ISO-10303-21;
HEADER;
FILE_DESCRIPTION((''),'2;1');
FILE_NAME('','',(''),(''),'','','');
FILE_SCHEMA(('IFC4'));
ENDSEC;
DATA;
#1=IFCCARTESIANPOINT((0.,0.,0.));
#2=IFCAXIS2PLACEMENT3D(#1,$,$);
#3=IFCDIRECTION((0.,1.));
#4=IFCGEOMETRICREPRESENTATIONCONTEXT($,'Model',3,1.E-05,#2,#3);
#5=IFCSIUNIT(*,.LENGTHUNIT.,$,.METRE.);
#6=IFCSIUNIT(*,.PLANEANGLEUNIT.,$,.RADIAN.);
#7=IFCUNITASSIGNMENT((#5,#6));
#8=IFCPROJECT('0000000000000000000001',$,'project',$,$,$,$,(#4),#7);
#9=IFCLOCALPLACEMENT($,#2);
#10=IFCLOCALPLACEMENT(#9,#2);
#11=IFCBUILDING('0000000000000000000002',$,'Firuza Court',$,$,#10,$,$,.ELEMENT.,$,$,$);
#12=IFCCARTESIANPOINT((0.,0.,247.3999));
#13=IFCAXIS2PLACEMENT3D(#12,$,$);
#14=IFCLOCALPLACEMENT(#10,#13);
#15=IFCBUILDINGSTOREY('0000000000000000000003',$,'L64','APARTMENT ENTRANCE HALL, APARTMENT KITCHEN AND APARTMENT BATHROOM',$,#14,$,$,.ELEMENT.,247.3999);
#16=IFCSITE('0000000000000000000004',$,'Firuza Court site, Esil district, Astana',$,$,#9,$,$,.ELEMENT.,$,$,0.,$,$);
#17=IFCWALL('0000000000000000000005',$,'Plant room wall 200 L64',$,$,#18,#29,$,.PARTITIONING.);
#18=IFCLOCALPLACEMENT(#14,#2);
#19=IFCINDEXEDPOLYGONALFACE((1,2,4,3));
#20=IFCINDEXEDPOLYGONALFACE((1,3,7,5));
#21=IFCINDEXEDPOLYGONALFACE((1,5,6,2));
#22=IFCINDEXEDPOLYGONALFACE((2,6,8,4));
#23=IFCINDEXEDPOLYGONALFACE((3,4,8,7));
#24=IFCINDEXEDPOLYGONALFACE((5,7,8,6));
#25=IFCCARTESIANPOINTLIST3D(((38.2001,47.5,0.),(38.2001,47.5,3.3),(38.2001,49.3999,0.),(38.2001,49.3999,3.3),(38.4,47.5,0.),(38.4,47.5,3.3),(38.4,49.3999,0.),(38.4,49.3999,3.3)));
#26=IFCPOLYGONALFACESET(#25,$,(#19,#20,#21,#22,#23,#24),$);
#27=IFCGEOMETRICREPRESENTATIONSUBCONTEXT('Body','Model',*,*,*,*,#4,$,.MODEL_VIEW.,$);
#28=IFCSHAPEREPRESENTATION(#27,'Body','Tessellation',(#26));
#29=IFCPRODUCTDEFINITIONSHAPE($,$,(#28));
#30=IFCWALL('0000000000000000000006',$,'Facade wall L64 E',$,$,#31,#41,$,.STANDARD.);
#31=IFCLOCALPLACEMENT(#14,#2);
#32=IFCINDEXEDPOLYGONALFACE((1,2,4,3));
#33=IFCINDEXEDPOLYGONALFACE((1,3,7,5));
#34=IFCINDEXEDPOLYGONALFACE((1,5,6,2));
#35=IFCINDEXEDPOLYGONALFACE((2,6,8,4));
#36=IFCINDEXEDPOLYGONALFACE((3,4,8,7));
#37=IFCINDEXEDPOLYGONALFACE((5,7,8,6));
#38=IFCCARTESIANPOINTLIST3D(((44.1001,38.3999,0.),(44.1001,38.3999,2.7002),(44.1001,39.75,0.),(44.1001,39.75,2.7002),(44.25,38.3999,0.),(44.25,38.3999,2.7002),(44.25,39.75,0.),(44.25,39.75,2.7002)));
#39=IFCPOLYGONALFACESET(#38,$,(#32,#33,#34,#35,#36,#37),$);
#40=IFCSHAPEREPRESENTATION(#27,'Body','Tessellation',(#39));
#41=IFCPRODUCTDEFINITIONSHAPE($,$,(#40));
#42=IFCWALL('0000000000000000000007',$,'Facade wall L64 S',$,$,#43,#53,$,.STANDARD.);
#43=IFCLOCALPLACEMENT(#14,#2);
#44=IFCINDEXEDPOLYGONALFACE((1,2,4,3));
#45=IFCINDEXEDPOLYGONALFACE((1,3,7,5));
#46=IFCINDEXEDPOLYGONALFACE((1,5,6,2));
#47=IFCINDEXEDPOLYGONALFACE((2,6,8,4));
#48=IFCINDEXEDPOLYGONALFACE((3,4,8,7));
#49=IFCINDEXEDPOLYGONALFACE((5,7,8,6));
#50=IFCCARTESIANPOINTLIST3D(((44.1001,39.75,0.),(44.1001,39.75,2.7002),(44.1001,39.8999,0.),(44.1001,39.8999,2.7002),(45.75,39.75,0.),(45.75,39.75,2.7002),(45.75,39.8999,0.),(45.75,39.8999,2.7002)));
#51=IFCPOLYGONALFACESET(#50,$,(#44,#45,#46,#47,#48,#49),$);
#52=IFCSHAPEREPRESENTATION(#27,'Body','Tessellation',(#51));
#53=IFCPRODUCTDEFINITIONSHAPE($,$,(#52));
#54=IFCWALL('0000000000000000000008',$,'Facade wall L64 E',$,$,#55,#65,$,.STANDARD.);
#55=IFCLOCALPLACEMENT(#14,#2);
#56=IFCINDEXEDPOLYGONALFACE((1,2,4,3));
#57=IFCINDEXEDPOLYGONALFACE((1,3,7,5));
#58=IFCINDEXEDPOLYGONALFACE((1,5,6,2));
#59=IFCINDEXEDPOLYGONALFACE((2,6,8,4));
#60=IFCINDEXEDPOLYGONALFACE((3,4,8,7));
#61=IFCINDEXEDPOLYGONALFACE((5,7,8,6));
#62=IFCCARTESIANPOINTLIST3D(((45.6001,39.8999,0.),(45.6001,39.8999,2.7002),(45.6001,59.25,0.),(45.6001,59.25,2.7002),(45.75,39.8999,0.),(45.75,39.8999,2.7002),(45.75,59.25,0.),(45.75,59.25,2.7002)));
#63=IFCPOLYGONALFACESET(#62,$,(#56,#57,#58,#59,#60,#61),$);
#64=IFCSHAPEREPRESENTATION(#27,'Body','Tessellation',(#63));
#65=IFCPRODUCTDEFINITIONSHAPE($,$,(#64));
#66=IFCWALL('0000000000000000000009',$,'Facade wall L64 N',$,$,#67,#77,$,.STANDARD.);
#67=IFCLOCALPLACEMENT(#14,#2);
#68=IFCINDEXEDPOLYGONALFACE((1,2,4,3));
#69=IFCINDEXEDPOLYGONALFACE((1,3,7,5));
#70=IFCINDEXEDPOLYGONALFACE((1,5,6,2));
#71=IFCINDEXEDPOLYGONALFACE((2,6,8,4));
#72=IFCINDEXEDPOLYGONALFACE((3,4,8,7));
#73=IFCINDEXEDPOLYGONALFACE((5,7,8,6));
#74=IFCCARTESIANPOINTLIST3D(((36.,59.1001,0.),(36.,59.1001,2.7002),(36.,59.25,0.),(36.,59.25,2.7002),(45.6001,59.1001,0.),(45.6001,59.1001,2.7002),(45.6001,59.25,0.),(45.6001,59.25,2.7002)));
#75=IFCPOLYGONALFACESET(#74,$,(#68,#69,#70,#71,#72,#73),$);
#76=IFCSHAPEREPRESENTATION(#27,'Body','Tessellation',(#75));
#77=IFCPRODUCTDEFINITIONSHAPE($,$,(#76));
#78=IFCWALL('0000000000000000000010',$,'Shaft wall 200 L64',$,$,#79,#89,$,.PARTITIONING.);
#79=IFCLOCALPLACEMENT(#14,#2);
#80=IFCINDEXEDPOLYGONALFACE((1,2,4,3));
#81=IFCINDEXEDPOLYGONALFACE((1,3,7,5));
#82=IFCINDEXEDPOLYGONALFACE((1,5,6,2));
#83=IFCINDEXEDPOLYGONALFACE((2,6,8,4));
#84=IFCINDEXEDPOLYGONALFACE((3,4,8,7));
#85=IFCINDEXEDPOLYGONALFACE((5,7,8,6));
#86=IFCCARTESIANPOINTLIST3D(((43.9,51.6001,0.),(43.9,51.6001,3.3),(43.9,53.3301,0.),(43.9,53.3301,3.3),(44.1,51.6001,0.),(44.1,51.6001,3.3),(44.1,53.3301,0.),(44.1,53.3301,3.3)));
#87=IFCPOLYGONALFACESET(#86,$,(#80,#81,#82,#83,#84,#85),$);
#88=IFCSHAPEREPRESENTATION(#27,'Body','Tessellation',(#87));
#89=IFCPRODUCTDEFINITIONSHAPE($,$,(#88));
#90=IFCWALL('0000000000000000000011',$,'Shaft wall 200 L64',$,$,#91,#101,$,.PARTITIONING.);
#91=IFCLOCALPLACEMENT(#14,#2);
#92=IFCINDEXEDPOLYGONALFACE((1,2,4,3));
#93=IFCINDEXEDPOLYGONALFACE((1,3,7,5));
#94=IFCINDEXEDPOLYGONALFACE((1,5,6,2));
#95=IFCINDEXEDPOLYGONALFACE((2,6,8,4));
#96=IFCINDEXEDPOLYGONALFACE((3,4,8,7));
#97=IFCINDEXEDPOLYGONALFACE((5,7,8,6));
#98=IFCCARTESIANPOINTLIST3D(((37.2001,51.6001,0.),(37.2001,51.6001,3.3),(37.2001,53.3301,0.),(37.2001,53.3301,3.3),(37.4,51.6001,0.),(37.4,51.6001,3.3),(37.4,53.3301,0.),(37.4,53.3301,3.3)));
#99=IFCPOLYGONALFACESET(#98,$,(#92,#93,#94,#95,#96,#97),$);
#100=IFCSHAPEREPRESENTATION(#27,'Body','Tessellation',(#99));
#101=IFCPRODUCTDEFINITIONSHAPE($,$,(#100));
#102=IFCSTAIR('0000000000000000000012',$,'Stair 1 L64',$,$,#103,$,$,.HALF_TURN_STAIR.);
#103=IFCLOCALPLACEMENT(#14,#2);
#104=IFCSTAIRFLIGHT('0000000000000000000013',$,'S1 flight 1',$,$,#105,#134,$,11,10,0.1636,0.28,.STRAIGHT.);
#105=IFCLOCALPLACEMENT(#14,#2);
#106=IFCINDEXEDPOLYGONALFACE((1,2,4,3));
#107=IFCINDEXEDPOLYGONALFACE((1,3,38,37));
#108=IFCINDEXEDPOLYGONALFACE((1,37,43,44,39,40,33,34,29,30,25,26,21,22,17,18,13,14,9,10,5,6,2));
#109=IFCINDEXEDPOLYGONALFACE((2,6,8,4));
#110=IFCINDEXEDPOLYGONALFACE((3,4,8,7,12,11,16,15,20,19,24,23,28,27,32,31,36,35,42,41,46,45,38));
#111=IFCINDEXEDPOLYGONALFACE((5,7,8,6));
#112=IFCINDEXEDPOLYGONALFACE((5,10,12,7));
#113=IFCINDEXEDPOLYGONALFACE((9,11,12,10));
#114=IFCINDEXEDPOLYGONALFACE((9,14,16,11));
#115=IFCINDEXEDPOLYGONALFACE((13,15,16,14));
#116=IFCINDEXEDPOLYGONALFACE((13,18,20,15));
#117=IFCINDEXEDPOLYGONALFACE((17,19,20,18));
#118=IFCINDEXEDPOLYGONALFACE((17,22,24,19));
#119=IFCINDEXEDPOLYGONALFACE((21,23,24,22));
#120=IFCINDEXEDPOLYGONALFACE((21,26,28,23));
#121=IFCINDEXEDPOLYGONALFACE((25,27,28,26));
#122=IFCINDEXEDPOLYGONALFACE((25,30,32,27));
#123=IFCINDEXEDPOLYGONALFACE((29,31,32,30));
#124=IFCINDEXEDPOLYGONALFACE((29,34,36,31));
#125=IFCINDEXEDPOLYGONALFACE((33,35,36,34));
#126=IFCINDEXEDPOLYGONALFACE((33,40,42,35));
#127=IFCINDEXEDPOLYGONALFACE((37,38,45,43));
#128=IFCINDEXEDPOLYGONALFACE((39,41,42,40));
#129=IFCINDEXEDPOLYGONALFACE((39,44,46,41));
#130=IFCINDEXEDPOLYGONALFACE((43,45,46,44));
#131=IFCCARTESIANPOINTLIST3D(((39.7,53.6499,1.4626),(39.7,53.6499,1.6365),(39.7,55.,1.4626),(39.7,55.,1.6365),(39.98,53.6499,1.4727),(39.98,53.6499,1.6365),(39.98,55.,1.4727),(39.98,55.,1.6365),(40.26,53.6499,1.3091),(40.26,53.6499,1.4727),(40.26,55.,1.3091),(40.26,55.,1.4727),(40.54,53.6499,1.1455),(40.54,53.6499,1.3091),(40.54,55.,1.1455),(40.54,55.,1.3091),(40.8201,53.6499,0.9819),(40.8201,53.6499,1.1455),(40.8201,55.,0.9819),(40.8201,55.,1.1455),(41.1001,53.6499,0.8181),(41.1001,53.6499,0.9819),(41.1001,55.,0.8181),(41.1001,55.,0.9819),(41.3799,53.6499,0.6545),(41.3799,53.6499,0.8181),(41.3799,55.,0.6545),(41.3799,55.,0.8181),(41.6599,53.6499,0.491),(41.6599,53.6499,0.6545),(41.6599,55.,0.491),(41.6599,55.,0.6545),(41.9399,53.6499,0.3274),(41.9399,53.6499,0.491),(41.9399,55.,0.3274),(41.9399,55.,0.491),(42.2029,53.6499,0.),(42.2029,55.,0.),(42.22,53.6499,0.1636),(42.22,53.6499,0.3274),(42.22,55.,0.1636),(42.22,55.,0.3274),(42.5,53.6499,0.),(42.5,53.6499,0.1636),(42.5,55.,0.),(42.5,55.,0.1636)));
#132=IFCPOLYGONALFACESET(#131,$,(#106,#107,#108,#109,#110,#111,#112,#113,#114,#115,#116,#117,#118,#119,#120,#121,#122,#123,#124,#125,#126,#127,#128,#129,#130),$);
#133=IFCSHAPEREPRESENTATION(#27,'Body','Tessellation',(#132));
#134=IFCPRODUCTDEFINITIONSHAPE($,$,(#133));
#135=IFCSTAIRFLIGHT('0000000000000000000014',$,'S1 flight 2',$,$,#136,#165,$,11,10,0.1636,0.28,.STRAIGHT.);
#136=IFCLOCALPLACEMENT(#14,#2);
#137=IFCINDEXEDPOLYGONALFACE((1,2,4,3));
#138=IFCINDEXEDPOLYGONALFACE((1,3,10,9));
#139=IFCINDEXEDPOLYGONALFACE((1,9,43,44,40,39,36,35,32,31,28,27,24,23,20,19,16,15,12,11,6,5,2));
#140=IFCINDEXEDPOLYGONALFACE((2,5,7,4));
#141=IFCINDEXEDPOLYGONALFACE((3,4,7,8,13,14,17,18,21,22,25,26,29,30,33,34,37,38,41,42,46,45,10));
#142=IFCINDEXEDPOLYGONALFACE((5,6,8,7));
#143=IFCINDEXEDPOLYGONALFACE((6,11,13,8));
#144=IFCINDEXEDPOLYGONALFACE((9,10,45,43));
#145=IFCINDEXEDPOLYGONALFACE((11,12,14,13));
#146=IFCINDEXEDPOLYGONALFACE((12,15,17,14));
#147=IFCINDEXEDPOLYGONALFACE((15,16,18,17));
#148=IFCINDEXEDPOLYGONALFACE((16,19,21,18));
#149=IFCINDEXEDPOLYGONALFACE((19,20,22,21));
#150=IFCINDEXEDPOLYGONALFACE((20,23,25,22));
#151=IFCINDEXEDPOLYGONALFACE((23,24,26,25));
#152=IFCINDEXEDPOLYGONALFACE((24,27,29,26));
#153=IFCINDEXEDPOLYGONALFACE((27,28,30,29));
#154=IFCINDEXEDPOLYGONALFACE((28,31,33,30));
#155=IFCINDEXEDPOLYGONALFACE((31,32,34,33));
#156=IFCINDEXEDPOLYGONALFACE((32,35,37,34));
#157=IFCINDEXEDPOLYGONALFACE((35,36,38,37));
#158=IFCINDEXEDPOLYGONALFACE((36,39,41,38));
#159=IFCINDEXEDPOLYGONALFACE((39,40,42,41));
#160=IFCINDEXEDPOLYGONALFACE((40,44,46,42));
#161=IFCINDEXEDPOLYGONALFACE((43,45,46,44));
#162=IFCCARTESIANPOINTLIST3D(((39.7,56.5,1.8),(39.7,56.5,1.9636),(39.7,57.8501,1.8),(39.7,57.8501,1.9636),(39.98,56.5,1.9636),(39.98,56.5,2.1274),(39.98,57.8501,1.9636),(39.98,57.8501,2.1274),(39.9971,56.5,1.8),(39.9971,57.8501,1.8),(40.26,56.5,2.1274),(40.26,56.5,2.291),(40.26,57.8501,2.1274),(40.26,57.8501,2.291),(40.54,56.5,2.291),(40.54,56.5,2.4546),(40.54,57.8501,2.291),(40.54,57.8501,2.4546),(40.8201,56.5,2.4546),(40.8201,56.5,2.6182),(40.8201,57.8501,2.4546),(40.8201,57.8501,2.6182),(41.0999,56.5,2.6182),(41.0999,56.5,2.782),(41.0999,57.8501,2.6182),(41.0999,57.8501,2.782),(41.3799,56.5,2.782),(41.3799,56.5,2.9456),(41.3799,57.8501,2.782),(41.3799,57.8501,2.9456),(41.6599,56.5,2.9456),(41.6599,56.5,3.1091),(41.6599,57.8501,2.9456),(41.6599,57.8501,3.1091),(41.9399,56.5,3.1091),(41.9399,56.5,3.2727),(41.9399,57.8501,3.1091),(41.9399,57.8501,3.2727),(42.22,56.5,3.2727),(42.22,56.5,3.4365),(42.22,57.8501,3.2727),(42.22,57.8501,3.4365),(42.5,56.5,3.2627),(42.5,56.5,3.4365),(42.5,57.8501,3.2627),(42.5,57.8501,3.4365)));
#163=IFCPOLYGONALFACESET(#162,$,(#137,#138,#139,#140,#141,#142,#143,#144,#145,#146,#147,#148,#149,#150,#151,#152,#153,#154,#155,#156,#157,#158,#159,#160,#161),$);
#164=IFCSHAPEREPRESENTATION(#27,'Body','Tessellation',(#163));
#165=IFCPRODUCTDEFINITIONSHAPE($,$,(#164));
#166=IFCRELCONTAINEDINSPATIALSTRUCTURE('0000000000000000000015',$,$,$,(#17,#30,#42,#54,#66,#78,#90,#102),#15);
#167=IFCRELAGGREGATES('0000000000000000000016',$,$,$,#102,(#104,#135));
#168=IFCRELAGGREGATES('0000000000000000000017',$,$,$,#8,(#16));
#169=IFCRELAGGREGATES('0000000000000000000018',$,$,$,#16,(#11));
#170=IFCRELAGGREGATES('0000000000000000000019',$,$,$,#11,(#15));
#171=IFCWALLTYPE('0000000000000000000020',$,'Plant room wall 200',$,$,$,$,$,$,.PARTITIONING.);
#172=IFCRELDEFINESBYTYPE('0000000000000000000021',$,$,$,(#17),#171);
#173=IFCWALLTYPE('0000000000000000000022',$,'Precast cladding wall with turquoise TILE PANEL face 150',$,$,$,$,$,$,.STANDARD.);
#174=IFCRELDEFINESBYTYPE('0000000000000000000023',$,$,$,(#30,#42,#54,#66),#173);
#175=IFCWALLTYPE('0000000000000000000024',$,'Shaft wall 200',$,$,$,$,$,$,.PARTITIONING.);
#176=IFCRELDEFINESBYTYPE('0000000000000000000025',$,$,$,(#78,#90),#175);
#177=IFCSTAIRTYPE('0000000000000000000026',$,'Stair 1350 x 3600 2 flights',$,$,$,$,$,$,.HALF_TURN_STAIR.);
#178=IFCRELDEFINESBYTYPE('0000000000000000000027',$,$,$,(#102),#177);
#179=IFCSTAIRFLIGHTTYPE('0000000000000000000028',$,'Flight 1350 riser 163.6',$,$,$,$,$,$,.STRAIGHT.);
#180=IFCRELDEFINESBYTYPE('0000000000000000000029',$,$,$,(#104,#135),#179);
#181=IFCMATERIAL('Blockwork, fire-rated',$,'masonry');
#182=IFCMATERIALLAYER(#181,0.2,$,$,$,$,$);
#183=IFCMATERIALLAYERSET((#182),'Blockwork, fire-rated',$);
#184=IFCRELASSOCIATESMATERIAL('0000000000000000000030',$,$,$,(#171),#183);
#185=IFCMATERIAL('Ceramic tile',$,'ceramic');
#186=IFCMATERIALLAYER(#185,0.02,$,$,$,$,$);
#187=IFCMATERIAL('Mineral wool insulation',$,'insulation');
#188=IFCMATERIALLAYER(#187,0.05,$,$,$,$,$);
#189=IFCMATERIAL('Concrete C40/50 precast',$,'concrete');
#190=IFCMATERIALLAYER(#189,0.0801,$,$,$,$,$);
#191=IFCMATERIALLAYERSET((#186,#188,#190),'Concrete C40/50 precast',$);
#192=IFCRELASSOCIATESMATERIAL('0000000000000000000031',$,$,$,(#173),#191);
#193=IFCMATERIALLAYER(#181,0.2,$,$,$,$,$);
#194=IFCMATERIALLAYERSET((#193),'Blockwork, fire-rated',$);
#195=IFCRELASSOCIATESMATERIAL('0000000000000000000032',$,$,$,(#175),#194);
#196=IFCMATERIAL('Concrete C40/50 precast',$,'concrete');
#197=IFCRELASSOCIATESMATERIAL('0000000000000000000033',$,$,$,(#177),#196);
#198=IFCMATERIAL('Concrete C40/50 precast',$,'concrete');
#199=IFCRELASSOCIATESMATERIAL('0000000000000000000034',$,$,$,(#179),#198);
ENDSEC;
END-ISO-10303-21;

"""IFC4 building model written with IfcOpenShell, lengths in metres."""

from ifc_helpers import new_model, si_unit, direction, frame, frame_2d, origin, place, context, subcontext, project, spatial, polyline, rectangle, outline, extrude, material, layer, layer_set, type_object, element, aggregate, save


model = new_model("IFC4")

# Units and contexts
model_context = context("Model", 3, precision=1e-05, world=origin(), true_north=direction((0.0, 1.0)))
body_context = subcontext(model_context, "Body", "Model", "MODEL_VIEW")
ifc_project = project(units=[si_unit("LENGTHUNIT", "METRE"), si_unit("PLANEANGLEUNIT", "RADIAN")], contexts=[model_context])

# Site, building, storey
site_placement = place(None, origin())
site = spatial("IfcSite", under=ifc_project, at=site_placement, Name="Firuza Court site, Esil district, Astana", CompositionType="ELEMENT", RefElevation=0.0)
building_placement = place(site_placement, origin())
building = spatial("IfcBuilding", under=site, at=building_placement, Name="Firuza Court", CompositionType="ELEMENT")
storey_placement = place(building_placement, frame((0.0, 0.0, 247.3999)))
storey = spatial("IfcBuildingStorey", under=building, at=storey_placement, Name="L64", Description="APARTMENT ENTRANCE HALL, APARTMENT KITCHEN AND APARTMENT BATHROOM", CompositionType="ELEMENT", Elevation=247.3999)

# Walls
ifc_material_1 = material(Name="Blockwork, fire-rated", Category="masonry")
ifc_layer_1 = layer(ifc_material_1, 0.2)
ifc_layer_set_1 = layer_set([ifc_layer_1], Name="Blockwork, fire-rated")
wall_type_1 = type_object("IfcWallType", Name="Plant room wall 200", PredefinedType="PARTITIONING", material=ifc_layer_set_1)
wall_1_placement = place(storey_placement, frame((38.3, 47.5, 0.0), z_axis=(0.0, 0.0, 1.0), x_axis=(0.0, 1.0, 0.0)))
element("IfcWall", 1, at=wall_1_placement, inside=storey, type_object=wall_type_1, Name="Plant room wall 200 L64", PredefinedType="PARTITIONING", context=body_context, shape_type="SweptSolid", body=[
    extrude(rectangle(XDim=1.8999, YDim=0.2, at=frame_2d((0.95, 0.0))), origin(), (0.0, 0.0, 1.0), 3.3),
])
ifc_material_2 = material(Name="Ceramic tile", Category="ceramic")
ifc_layer_2 = layer(ifc_material_2, 0.02)
ifc_material_3 = material(Name="Mineral wool insulation", Category="insulation")
ifc_layer_3 = layer(ifc_material_3, 0.05)
ifc_material_4 = material(Name="Concrete C40/50 precast", Category="concrete")
ifc_layer_4 = layer(ifc_material_4, 0.0801)
ifc_layer_set_2 = layer_set([ifc_layer_2, ifc_layer_3, ifc_layer_4], Name="Concrete C40/50 precast")
wall_type_2 = type_object("IfcWallType", Name="Precast cladding wall with turquoise TILE PANEL face 150", PredefinedType="STANDARD", material=ifc_layer_set_2)
wall_2_placement = place(storey_placement, frame((44.175, 38.3999, 0.0), z_axis=(0.0, 0.0, 1.0), x_axis=(0.0, 1.0, 0.0)))
element("IfcWall", 2, at=wall_2_placement, inside=storey, type_object=wall_type_2, Name="Facade wall L64 E", PredefinedType="STANDARD", context=body_context, shape_type="SweptSolid", body=[
    extrude(rectangle(XDim=1.3501, YDim=0.1499, at=frame_2d((0.675, 0.0))), origin(), (0.0, 0.0, 1.0), 2.7002),
])
wall_3_placement = place(storey_placement, frame((44.1001, 39.825, 0.0), z_axis=(0.0, 0.0, 1.0), x_axis=(1.0, 0.0, 0.0)))
element("IfcWall", 3, at=wall_3_placement, inside=storey, type_object=wall_type_2, Name="Facade wall L64 S", PredefinedType="STANDARD", context=body_context, shape_type="SweptSolid", body=[
    extrude(rectangle(XDim=1.6499, YDim=0.1499, at=frame_2d((0.825, 0.0))), origin(), (0.0, 0.0, 1.0), 2.7002),
])
wall_4_placement = place(storey_placement, frame((45.675, 39.8999, 0.0), z_axis=(0.0, 0.0, 1.0), x_axis=(0.0, 1.0, 0.0)))
element("IfcWall", 4, at=wall_4_placement, inside=storey, type_object=wall_type_2, Name="Facade wall L64 E", PredefinedType="STANDARD", context=body_context, shape_type="SweptSolid", body=[
    extrude(rectangle(XDim=19.3501, YDim=0.1499, at=frame_2d((9.675, 0.0))), origin(), (0.0, 0.0, 1.0), 2.7002),
])
wall_5_placement = place(storey_placement, frame((45.6001, 59.175, 0.0), z_axis=(0.0, 0.0, 1.0), x_axis=(-1.0, 0.0, 0.0)))
element("IfcWall", 5, at=wall_5_placement, inside=storey, type_object=wall_type_2, Name="Facade wall L64 N", PredefinedType="STANDARD", context=body_context, shape_type="SweptSolid", body=[
    extrude(rectangle(XDim=9.6001, YDim=0.1499, at=frame_2d((4.8, 0.0))), origin(), (0.0, 0.0, 1.0), 2.7002),
])
ifc_layer_5 = layer(ifc_material_1, 0.2)
ifc_layer_set_3 = layer_set([ifc_layer_5], Name="Blockwork, fire-rated")
wall_type_3 = type_object("IfcWallType", Name="Shaft wall 200", PredefinedType="PARTITIONING", material=ifc_layer_set_3)
for number, where, z_axis, x_axis, name in (
    (6, (44.0, 51.6001, 0.0), (0.0, 0.0, 1.0), (0.0, 1.0, 0.0), "Shaft wall 200 L64"),
    (7, (37.3, 51.6001, 0.0), (0.0, 0.0, 1.0), (0.0, 1.0, 0.0), "Shaft wall 200 L64"),
):
    element("IfcWall", number, at=place(storey_placement, frame(where, z_axis=z_axis, x_axis=x_axis)), inside=storey, type_object=wall_type_3, Name=name, PredefinedType="PARTITIONING", context=body_context, shape_type="SweptSolid", body=[
        extrude(rectangle(XDim=1.73, YDim=0.2, at=frame_2d((0.865, 0.0))), origin(), (0.0, 0.0, 1.0), 3.3),
    ])

# Stair, stair flights
ifc_material_5 = material(Name="Concrete C40/50 precast", Category="concrete")
stair_type = type_object("IfcStairType", Name="Stair 1350 x 3600 2 flights", PredefinedType="HALF_TURN_STAIR", material=ifc_material_5)
stair_placement = place(storey_placement, origin())
stair = element("IfcStair", 8, at=stair_placement, inside=storey, type_object=stair_type, Name="Stair 1 L64", PredefinedType="HALF_TURN_STAIR")
ifc_material_6 = material(Name="Concrete C40/50 precast", Category="concrete")
stair_flight_type = type_object("IfcStairFlightType", Name="Flight 1350 riser 163.6", PredefinedType="STRAIGHT", material=ifc_material_6)
stair_flight_1_placement = place(storey_placement, frame((42.5, 54.325, 0.0), z_axis=(0.0, 0.0, 1.0), x_axis=(-1.0, 0.0, 0.0)))
stair_flight_1 = element("IfcStairFlight", 9, at=stair_flight_1_placement, type_object=stair_flight_type, Name="S1 flight 1", NumberOfRisers=11, NumberOfTreads=10, PredefinedType="STRAIGHT", RiserHeight=0.1636, TreadLength=0.28, context=body_context, shape_type="SweptSolid", body=[
    extrude(outline(polyline([(0.0, 0.0), (0.0, 0.1636), (0.28, 0.1636), (0.28, 0.3274), (0.5601, 0.3274), (0.5601, 0.491), (0.8401, 0.491), (0.8401, 0.6545), (1.1201, 0.6545), (1.1201, 0.8181), (1.3999, 0.8181), (1.3999, 0.9819), (1.6799, 0.9819), (1.6799, 1.1455), (1.96, 1.1455), (1.96, 1.3091), (2.24, 1.3091), (2.24, 1.4727), (2.52, 1.4727), (2.52, 1.6365), (2.8, 1.6365), (2.8, 1.8), (2.8, 1.4626), (0.2971, 0.0), (0.0, 0.0)])), frame((0.0, 0.675, 0.0), z_axis=(0.0, -1.0, 0.0), x_axis=(1.0, 0.0, 0.0)), (0.0, 0.0, 1.0), 1.3501),
])
stair_flight_2_placement = place(storey_placement, frame((39.7, 57.175, 1.8), z_axis=(0.0, 0.0, 1.0), x_axis=(1.0, 0.0, 0.0)))
stair_flight_2 = element("IfcStairFlight", 10, at=stair_flight_2_placement, type_object=stair_flight_type, Name="S1 flight 2", NumberOfRisers=11, NumberOfTreads=10, PredefinedType="STRAIGHT", RiserHeight=0.1636, TreadLength=0.28, context=body_context, shape_type="SweptSolid", body=[
    extrude(outline(polyline([(0.0, 0.0), (0.0, 0.1636), (0.28, 0.1636), (0.28, 0.3274), (0.5601, 0.3274), (0.5601, 0.491), (0.8401, 0.491), (0.8401, 0.6545), (1.1201, 0.6545), (1.1201, 0.8181), (1.3999, 0.8181), (1.3999, 0.9819), (1.6799, 0.9819), (1.6799, 1.1455), (1.96, 1.1455), (1.96, 1.3091), (2.24, 1.3091), (2.24, 1.4727), (2.52, 1.4727), (2.52, 1.6365), (2.8, 1.6365), (2.8, 1.8), (2.8, 1.4626), (0.2971, 0.0), (0.0, 0.0)])), frame((0.0, 0.675, 0.0), z_axis=(0.0, -1.0, 0.0), x_axis=(1.0, 0.0, 0.0)), (0.0, 0.0, 1.0), 1.3501),
])
aggregate(stair, [stair_flight_1, stair_flight_2])

save(model, "model.ifc")
